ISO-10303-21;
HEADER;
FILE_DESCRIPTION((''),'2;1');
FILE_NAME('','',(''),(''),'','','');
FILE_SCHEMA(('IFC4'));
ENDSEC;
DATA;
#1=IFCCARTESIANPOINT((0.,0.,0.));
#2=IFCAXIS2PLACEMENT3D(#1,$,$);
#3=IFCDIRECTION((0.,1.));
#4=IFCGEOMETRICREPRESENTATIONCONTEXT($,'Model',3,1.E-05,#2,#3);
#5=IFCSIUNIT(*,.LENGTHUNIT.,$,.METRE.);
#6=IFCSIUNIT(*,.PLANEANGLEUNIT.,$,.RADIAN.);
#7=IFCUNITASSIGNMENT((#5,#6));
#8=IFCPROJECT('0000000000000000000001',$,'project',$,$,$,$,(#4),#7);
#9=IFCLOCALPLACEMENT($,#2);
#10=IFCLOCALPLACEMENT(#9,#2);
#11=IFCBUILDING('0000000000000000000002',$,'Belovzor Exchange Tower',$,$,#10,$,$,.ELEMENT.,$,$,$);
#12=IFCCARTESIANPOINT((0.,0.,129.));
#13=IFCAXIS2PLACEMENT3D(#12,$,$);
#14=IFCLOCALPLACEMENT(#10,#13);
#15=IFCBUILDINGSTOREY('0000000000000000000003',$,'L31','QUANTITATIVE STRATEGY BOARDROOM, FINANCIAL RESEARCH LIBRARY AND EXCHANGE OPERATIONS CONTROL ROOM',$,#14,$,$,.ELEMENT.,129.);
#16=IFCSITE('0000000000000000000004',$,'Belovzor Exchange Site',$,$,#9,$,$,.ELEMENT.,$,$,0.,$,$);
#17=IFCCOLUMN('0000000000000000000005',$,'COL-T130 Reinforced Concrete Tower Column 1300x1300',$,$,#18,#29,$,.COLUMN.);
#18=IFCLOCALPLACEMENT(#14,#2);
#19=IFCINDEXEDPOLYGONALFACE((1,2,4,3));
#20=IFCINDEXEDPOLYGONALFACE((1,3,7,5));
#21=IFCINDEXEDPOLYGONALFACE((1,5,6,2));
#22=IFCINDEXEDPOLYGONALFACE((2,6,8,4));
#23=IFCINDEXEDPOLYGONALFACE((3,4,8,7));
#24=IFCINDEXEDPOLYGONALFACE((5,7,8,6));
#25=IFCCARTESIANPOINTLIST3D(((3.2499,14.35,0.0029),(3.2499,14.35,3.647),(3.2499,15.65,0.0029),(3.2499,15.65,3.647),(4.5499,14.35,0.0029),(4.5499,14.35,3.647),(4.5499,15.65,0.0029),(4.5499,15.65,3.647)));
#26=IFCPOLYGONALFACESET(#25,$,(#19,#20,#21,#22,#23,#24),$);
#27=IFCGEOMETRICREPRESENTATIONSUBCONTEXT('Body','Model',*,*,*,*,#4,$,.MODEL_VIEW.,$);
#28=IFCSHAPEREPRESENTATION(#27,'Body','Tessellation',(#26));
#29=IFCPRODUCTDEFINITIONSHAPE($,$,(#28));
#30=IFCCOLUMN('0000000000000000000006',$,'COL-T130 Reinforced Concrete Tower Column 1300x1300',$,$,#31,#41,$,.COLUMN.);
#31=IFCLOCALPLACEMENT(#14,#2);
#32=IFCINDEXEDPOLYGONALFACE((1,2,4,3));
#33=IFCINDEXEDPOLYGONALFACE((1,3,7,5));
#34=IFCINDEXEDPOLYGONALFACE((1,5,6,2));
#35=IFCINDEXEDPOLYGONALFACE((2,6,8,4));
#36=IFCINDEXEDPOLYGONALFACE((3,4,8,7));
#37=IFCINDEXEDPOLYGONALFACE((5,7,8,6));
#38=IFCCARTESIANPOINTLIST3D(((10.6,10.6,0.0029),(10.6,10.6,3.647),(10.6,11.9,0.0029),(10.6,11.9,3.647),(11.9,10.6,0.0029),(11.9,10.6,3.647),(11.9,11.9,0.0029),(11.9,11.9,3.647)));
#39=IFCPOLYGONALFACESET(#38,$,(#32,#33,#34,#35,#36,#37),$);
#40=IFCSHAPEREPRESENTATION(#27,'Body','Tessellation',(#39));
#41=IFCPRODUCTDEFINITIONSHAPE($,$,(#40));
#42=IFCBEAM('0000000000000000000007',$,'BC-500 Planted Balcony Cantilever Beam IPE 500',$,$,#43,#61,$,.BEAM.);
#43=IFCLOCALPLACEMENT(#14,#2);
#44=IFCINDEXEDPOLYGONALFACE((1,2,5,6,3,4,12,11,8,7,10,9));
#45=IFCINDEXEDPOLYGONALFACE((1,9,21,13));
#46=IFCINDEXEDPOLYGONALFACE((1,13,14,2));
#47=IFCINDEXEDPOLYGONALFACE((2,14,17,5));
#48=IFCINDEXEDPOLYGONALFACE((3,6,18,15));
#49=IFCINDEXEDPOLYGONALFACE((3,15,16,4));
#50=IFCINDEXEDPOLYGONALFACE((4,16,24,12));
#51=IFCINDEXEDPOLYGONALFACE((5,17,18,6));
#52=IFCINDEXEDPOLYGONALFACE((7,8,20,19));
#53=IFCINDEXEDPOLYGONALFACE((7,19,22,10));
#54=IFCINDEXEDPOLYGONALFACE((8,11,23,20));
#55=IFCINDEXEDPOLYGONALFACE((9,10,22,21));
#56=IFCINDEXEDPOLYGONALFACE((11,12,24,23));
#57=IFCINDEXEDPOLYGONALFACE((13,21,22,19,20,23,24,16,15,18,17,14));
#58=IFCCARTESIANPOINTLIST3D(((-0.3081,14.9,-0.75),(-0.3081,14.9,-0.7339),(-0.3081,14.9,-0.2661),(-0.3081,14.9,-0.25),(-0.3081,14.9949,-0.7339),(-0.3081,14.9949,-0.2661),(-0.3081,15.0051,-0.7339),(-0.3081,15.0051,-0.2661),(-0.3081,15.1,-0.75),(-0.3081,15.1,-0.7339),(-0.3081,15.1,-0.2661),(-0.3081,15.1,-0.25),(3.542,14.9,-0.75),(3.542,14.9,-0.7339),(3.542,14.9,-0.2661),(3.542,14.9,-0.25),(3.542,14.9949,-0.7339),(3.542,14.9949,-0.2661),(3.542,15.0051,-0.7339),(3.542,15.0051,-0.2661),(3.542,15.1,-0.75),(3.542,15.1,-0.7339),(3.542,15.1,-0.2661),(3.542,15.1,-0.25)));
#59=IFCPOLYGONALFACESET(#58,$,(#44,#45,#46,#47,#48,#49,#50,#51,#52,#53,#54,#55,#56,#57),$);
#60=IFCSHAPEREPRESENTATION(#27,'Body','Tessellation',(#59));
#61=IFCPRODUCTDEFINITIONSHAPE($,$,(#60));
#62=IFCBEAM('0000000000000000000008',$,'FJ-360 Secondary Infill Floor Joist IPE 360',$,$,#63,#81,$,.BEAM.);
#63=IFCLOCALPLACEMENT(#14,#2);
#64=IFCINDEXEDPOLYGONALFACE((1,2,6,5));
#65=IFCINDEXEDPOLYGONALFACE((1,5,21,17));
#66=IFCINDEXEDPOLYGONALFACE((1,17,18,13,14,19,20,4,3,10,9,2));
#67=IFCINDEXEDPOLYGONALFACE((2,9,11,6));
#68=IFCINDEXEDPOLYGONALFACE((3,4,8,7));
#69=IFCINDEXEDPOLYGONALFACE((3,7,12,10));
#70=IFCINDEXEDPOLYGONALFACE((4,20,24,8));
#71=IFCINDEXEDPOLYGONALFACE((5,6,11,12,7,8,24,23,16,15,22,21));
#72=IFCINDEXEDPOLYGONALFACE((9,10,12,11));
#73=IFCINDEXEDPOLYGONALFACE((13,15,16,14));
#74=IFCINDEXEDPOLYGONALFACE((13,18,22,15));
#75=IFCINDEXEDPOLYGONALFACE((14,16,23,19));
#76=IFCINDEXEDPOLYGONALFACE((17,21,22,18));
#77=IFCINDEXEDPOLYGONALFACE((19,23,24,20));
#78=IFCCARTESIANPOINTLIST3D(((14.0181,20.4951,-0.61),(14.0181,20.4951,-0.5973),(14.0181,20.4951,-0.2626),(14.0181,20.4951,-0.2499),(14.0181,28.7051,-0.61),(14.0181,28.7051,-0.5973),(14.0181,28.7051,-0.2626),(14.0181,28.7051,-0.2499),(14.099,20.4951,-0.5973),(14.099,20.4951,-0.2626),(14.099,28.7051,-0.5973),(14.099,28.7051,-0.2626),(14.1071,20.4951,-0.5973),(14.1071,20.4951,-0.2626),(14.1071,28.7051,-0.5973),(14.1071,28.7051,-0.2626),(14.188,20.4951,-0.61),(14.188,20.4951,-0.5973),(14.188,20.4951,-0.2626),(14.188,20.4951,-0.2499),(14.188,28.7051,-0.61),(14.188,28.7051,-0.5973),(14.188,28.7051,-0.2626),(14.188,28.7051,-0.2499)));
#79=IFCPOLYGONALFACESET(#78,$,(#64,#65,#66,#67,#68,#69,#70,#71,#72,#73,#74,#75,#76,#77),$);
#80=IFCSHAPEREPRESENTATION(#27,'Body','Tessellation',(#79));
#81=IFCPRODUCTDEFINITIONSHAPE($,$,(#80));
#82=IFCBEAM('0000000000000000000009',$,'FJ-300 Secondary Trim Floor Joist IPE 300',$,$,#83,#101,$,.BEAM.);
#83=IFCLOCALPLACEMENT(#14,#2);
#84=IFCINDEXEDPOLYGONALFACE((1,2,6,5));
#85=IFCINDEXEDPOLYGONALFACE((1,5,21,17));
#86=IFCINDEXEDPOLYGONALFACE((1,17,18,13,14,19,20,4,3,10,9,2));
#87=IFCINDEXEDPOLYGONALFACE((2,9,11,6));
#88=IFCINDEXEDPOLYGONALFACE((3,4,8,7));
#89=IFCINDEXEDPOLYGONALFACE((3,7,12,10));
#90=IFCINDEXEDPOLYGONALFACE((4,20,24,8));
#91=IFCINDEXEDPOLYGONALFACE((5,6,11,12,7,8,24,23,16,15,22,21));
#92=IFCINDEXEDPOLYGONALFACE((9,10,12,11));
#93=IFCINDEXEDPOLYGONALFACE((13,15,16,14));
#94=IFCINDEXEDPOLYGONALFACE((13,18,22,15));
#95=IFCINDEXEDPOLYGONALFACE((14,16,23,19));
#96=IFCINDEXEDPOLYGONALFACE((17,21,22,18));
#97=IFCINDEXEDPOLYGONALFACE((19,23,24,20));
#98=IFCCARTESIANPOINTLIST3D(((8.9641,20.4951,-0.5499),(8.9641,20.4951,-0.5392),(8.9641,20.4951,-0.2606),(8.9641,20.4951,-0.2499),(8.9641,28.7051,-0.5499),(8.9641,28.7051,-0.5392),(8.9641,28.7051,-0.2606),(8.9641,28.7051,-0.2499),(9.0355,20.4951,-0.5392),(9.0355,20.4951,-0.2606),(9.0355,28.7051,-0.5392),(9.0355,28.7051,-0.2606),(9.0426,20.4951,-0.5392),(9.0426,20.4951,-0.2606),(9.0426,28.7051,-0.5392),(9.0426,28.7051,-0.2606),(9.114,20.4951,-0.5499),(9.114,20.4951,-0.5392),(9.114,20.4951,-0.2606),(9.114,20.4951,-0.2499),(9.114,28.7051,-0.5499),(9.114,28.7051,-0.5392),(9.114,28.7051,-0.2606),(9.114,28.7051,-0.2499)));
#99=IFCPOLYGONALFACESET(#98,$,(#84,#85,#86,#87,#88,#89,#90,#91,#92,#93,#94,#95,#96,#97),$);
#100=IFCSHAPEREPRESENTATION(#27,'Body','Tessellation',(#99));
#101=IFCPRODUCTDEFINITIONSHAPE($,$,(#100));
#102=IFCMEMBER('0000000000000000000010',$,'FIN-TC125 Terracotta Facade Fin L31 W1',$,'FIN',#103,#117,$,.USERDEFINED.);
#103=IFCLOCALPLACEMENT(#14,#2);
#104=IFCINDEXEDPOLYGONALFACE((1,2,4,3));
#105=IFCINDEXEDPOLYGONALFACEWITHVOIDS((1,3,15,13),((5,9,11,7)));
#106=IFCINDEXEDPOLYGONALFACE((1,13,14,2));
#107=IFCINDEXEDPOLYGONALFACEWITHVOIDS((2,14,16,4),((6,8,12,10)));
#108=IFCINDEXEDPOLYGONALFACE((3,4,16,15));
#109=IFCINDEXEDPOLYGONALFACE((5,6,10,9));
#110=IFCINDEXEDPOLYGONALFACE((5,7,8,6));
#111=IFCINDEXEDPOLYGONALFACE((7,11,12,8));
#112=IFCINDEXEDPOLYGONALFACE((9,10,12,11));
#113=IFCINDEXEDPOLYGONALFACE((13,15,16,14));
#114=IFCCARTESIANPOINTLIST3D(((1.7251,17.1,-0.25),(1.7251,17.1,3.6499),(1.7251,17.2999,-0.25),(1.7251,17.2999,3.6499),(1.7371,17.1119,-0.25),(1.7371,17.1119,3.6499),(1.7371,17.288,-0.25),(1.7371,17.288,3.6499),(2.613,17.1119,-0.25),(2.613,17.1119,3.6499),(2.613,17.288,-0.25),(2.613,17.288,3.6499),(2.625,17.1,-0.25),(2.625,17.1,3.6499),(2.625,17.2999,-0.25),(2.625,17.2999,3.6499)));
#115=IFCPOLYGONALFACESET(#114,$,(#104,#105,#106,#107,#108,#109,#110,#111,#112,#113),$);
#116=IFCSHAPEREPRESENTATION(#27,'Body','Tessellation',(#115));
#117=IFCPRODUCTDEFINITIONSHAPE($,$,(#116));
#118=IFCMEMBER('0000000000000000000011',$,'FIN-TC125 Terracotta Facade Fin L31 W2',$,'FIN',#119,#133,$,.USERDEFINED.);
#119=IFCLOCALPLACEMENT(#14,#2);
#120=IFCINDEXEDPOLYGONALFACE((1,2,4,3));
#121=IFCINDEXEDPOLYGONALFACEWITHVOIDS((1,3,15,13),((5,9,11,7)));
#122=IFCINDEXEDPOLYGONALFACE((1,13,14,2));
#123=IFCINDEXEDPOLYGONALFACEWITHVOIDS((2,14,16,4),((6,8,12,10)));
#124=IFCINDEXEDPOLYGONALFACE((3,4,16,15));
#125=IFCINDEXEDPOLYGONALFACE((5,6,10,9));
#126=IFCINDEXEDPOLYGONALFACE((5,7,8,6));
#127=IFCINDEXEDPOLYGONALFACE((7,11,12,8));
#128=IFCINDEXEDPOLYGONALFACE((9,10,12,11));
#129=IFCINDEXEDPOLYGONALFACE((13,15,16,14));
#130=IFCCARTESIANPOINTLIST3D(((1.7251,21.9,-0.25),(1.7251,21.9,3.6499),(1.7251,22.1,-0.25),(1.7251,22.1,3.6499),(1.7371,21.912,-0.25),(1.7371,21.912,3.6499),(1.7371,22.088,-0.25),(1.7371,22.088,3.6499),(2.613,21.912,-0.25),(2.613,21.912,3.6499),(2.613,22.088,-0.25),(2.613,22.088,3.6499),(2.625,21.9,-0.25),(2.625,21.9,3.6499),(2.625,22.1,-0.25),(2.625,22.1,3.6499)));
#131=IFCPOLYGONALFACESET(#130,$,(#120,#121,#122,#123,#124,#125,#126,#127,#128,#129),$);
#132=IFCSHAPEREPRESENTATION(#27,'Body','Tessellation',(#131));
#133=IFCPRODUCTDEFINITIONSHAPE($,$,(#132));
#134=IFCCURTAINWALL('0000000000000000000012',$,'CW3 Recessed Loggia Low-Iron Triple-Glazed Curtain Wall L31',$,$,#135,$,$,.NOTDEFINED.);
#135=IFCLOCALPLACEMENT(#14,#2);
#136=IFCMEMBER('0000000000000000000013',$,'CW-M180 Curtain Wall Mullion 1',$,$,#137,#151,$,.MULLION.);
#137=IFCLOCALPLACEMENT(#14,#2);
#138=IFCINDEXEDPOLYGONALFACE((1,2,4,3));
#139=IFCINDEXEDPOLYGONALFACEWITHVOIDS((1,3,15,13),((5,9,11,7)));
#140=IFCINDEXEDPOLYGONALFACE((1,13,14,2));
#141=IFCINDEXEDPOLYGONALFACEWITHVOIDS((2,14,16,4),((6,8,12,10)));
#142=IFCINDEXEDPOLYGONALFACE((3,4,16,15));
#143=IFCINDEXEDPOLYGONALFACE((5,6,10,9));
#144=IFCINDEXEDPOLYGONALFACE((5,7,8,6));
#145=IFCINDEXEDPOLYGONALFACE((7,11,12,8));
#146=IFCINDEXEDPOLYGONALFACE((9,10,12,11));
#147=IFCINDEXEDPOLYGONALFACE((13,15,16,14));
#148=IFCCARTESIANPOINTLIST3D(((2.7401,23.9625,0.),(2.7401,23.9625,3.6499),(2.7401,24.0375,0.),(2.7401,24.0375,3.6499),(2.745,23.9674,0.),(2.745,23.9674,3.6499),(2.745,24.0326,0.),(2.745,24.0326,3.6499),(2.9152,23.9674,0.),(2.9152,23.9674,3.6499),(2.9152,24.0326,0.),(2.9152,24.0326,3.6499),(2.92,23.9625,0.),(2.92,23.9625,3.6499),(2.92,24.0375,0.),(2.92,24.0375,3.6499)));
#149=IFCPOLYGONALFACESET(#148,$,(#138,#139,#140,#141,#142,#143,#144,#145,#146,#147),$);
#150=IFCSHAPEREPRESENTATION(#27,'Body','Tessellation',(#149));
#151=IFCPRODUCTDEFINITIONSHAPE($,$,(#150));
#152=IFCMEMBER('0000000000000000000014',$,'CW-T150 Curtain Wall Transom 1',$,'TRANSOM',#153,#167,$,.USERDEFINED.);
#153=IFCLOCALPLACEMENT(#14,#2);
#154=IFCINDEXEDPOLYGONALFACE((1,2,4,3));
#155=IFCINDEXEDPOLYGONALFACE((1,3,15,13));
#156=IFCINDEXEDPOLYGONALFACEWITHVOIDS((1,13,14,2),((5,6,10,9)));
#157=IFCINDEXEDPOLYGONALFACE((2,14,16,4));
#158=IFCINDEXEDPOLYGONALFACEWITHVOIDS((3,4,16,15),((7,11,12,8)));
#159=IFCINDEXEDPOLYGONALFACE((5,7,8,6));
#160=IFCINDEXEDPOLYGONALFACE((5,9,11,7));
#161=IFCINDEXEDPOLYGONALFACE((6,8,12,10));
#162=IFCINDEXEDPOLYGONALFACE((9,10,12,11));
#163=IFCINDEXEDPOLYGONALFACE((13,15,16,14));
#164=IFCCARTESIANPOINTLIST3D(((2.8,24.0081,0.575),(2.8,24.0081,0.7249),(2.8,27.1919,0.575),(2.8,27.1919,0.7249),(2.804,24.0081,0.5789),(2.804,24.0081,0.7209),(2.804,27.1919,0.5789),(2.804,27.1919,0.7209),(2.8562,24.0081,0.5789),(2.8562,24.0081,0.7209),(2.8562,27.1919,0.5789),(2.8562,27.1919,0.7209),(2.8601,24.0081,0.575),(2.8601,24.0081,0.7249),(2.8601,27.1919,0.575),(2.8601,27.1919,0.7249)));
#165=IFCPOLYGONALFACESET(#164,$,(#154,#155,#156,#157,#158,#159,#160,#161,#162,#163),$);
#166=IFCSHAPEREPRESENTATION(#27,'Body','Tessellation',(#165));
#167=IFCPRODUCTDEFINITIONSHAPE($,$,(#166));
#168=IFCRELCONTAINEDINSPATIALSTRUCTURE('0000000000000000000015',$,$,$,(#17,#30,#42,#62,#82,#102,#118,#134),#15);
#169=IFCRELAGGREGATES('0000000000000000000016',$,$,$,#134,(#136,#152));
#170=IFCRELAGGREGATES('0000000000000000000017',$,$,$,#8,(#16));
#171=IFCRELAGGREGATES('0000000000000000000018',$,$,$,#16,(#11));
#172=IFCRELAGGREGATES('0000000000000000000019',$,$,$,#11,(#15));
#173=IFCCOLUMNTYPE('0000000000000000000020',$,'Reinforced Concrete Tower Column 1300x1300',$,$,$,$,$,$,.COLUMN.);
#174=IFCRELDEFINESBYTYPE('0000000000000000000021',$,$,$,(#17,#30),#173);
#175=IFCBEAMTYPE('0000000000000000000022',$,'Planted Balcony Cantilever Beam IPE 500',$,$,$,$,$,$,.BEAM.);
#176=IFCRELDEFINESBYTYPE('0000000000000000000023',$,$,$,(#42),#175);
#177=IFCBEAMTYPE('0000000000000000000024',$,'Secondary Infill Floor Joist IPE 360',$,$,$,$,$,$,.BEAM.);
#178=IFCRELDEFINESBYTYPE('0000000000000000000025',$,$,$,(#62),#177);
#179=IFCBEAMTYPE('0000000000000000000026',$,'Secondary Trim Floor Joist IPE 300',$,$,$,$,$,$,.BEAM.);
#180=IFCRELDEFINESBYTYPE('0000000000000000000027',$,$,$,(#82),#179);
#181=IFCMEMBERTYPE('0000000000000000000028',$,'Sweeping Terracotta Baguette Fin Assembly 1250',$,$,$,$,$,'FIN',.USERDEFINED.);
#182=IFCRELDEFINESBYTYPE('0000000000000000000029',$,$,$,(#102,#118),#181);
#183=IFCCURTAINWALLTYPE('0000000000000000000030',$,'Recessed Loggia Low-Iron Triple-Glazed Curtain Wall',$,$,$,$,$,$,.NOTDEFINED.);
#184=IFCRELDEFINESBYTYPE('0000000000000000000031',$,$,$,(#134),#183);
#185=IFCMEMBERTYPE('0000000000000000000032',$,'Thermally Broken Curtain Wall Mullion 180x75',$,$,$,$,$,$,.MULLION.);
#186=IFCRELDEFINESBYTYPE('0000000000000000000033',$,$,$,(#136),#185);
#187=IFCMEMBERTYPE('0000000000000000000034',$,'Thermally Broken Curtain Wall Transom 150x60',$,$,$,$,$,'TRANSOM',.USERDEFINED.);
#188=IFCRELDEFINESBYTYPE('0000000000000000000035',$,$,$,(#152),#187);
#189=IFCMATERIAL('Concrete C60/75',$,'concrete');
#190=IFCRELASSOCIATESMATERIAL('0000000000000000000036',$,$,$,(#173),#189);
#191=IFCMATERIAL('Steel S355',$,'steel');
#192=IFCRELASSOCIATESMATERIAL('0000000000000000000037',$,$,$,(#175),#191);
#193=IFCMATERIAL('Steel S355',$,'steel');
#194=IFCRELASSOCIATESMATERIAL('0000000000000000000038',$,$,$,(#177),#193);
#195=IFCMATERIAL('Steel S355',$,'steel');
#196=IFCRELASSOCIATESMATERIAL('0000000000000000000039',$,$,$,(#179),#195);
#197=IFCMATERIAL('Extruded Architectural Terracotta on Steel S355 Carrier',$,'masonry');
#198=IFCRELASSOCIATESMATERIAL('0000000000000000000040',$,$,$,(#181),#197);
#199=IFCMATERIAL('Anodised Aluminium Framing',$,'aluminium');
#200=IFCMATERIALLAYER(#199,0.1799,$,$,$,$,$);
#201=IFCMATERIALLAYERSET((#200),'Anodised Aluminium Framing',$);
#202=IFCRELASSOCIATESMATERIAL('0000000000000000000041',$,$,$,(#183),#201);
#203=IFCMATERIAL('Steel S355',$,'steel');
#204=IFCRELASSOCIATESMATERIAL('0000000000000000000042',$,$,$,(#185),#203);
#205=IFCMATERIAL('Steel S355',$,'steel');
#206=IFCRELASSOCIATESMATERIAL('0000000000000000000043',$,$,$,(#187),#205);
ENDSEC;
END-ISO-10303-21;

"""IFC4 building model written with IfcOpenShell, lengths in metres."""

from ifc_helpers import new_model, si_unit, direction, frame, origin, origin_2d, place, context, subcontext, project, spatial, rectangle, hollow_rectangle, i_section, extrude, material, layer, layer_set, material_profile, profile_set, type_object, element, aggregate, save


model = new_model("IFC4")

# Units and contexts
model_context = context("Model", 3, precision=1e-05, world=origin(), true_north=direction((0.0, 1.0)))
body_context = subcontext(model_context, "Body", "Model", "MODEL_VIEW")
ifc_project = project(units=[si_unit("LENGTHUNIT", "METRE"), si_unit("PLANEANGLEUNIT", "RADIAN")], contexts=[model_context])

# Site, building, storey
site_placement = place(None, origin())
site = spatial("IfcSite", under=ifc_project, at=site_placement, Name="Belovzor Exchange Site", CompositionType="ELEMENT", RefElevation=0.0)
building_placement = place(site_placement, origin())
building = spatial("IfcBuilding", under=site, at=building_placement, Name="Belovzor Exchange Tower", CompositionType="ELEMENT")
storey_placement = place(building_placement, frame((0.0, 0.0, 129.0)))
storey = spatial("IfcBuildingStorey", under=building, at=storey_placement, Name="L31", Description="QUANTITATIVE STRATEGY BOARDROOM, FINANCIAL RESEARCH LIBRARY AND EXCHANGE OPERATIONS CONTROL ROOM", CompositionType="ELEMENT", Elevation=129.0)

# Columns
ifc_material_1 = material(Name="Concrete C60/75", Category="concrete")
ifc_material_profile_1 = material_profile(ifc_material_1, rectangle(XDim=1.3, YDim=1.3, at=origin_2d()))
ifc_profile_set_1 = profile_set([ifc_material_profile_1], Name="Concrete C60/75")
column_type = type_object("IfcColumnType", Name="Reinforced Concrete Tower Column 1300x1300", PredefinedType="COLUMN", material=ifc_profile_set_1)
for number, where, z_axis, x_axis, name in (
    (1, (3.8999, 15.0, 0.0029), (0.0, 0.0, 1.0), (1.0, 0.0, 0.0), "COL-T130 Reinforced Concrete Tower Column 1300x1300"),
    (2, (11.25, 11.25, 0.0029), (0.0, 0.0, 1.0), (1.0, 0.0, 0.0), "COL-T130 Reinforced Concrete Tower Column 1300x1300"),
):
    element("IfcColumn", number, at=place(storey_placement, frame(where, z_axis=z_axis, x_axis=x_axis)), inside=storey, type_object=column_type, Name=name, PredefinedType="COLUMN", context=body_context, shape_type="SweptSolid", body=[
        extrude(rectangle(XDim=1.3, YDim=1.3, at=origin_2d()), origin(), (0.0, 0.0, 1.0), 3.644),
    ])

# Beams
ifc_material_2 = material(Name="Steel S355", Category="steel")
ifc_material_profile_2 = material_profile(ifc_material_2, i_section(OverallWidth=0.2, OverallDepth=0.5, WebThickness=0.0103, FlangeThickness=0.0161, at=origin_2d()))
ifc_profile_set_2 = profile_set([ifc_material_profile_2], Name="Steel S355")
beam_type_1 = type_object("IfcBeamType", Name="Planted Balcony Cantilever Beam IPE 500", PredefinedType="BEAM", material=ifc_profile_set_2)
beam_1_placement = place(storey_placement, frame((3.542, 15.0, -0.5), z_axis=(-1.0, 0.0, 0.0), x_axis=(0.0, -1.0, 0.0)))
element("IfcBeam", 3, at=beam_1_placement, inside=storey, type_object=beam_type_1, Name="BC-500 Planted Balcony Cantilever Beam IPE 500", PredefinedType="BEAM", context=body_context, shape_type="SweptSolid", body=[
    extrude(i_section(OverallWidth=0.2, OverallDepth=0.5, WebThickness=0.0103, FlangeThickness=0.0161, at=origin_2d()), origin(), (0.0, 0.0, 1.0), 3.8501),
])
ifc_material_3 = material(Name="Steel S355", Category="steel")
ifc_material_profile_3 = material_profile(ifc_material_3, i_section(OverallWidth=0.1699, OverallDepth=0.3601, WebThickness=0.0081, FlangeThickness=0.0127, at=origin_2d()))
ifc_profile_set_3 = profile_set([ifc_material_profile_3], Name="Steel S355")
beam_type_2 = type_object("IfcBeamType", Name="Secondary Infill Floor Joist IPE 360", PredefinedType="BEAM", material=ifc_profile_set_3)
beam_2_placement = place(storey_placement, frame((14.103, 20.4951, -0.4299), z_axis=(0.0, 1.0, 0.0), x_axis=(-1.0, 0.0, 0.0)))
element("IfcBeam", 4, at=beam_2_placement, inside=storey, type_object=beam_type_2, Name="FJ-360 Secondary Infill Floor Joist IPE 360", PredefinedType="BEAM", context=body_context, shape_type="SweptSolid", body=[
    extrude(i_section(OverallWidth=0.1699, OverallDepth=0.3601, WebThickness=0.0081, FlangeThickness=0.0127, at=origin_2d()), origin(), (0.0, 0.0, 1.0), 8.21),
])
ifc_material_4 = material(Name="Steel S355", Category="steel")
ifc_material_profile_4 = material_profile(ifc_material_4, i_section(OverallWidth=0.1499, OverallDepth=0.3, WebThickness=0.0071, FlangeThickness=0.0107, at=origin_2d()))
ifc_profile_set_4 = profile_set([ifc_material_profile_4], Name="Steel S355")
beam_type_3 = type_object("IfcBeamType", Name="Secondary Trim Floor Joist IPE 300", PredefinedType="BEAM", material=ifc_profile_set_4)
beam_3_placement = place(storey_placement, frame((9.0391, 20.4951, -0.3999), z_axis=(0.0, 1.0, 0.0), x_axis=(-1.0, 0.0, 0.0)))
element("IfcBeam", 5, at=beam_3_placement, inside=storey, type_object=beam_type_3, Name="FJ-300 Secondary Trim Floor Joist IPE 300", PredefinedType="BEAM", context=body_context, shape_type="SweptSolid", body=[
    extrude(i_section(OverallWidth=0.1499, OverallDepth=0.3, WebThickness=0.0071, FlangeThickness=0.0107, at=origin_2d()), origin(), (0.0, 0.0, 1.0), 8.21),
])

# Members
ifc_material_5 = material(Name="Extruded Architectural Terracotta on Steel S355 Carrier", Category="masonry")
ifc_material_profile_5 = material_profile(ifc_material_5, hollow_rectangle(XDim=0.2, YDim=0.8999, WallThickness=0.012, at=origin_2d()))
ifc_profile_set_5 = profile_set([ifc_material_profile_5], Name="Extruded Architectural Terracotta on Steel S355 Carrier")
member_type_1 = type_object("IfcMemberType", Name="Sweeping Terracotta Baguette Fin Assembly 1250", ElementType="FIN", PredefinedType="USERDEFINED", material=ifc_profile_set_5)
for number, where, z_axis, x_axis, name in (
    (6, (2.175, 17.2, -0.25), (0.0, 0.0, 1.0), (0.0, 1.0, 0.0), "FIN-TC125 Terracotta Facade Fin L31 W1"),
    (7, (2.175, 22.0, -0.25), (0.0, 0.0, 1.0), (0.0, 1.0, 0.0), "FIN-TC125 Terracotta Facade Fin L31 W2"),
):
    element("IfcMember", number, at=place(storey_placement, frame(where, z_axis=z_axis, x_axis=x_axis)), inside=storey, type_object=member_type_1, Name=name, ObjectType="FIN", PredefinedType="USERDEFINED", context=body_context, shape_type="SweptSolid", body=[
        extrude(hollow_rectangle(XDim=0.2, YDim=0.8999, WallThickness=0.012, at=origin_2d()), origin(), (0.0, 0.0, 1.0), 3.8999),
    ])

# Curtain wall, members
ifc_material_6 = material(Name="Anodised Aluminium Framing", Category="aluminium")
ifc_layer_1 = layer(ifc_material_6, 0.1799)
ifc_layer_set_1 = layer_set([ifc_layer_1], Name="Anodised Aluminium Framing")
curtain_wall_type = type_object("IfcCurtainWallType", Name="Recessed Loggia Low-Iron Triple-Glazed Curtain Wall", PredefinedType="NOTDEFINED", material=ifc_layer_set_1)
curtain_wall_placement = place(storey_placement, origin())
curtain_wall = element("IfcCurtainWall", 8, at=curtain_wall_placement, inside=storey, type_object=curtain_wall_type, Name="CW3 Recessed Loggia Low-Iron Triple-Glazed Curtain Wall L31", PredefinedType="NOTDEFINED")
ifc_material_7 = material(Name="Steel S355", Category="steel")
ifc_material_profile_6 = material_profile(ifc_material_7, hollow_rectangle(XDim=0.075, YDim=0.1799, WallThickness=0.0049, at=origin_2d()))
ifc_profile_set_6 = profile_set([ifc_material_profile_6], Name="Steel S355")
member_type_2 = type_object("IfcMemberType", Name="Thermally Broken Curtain Wall Mullion 180x75", PredefinedType="MULLION", material=ifc_profile_set_6)
member_1_placement = place(storey_placement, frame((2.8301, 24.0, 0.0), z_axis=(0.0, 0.0, 1.0), x_axis=(0.0, 1.0, 0.0)))
member_1 = element("IfcMember", 9, at=member_1_placement, type_object=member_type_2, Name="CW-M180 Curtain Wall Mullion 1", PredefinedType="MULLION", context=body_context, shape_type="SweptSolid", body=[
    extrude(hollow_rectangle(XDim=0.075, YDim=0.1799, WallThickness=0.0049, at=origin_2d()), origin(), (0.0, 0.0, 1.0), 3.6499),
])
ifc_material_8 = material(Name="Steel S355", Category="steel")
ifc_material_profile_7 = material_profile(ifc_material_8, hollow_rectangle(XDim=0.0601, YDim=0.1499, WallThickness=0.0039, at=origin_2d()))
ifc_profile_set_7 = profile_set([ifc_material_profile_7], Name="Steel S355")
member_type_3 = type_object("IfcMemberType", Name="Thermally Broken Curtain Wall Transom 150x60", ElementType="TRANSOM", PredefinedType="USERDEFINED", material=ifc_profile_set_7)
member_2_placement = place(storey_placement, frame((2.8301, 24.0081, 0.6499), z_axis=(0.0, 1.0, 0.0), x_axis=(-1.0, 0.0, 0.0)))
member_2 = element("IfcMember", 10, at=member_2_placement, type_object=member_type_3, Name="CW-T150 Curtain Wall Transom 1", ObjectType="TRANSOM", PredefinedType="USERDEFINED", context=body_context, shape_type="SweptSolid", body=[
    extrude(hollow_rectangle(XDim=0.0601, YDim=0.1499, WallThickness=0.0039, at=origin_2d()), origin(), (0.0, 0.0, 1.0), 3.1838),
])

aggregate(curtain_wall, [member_1, member_2])

save(model, "model.ifc")
